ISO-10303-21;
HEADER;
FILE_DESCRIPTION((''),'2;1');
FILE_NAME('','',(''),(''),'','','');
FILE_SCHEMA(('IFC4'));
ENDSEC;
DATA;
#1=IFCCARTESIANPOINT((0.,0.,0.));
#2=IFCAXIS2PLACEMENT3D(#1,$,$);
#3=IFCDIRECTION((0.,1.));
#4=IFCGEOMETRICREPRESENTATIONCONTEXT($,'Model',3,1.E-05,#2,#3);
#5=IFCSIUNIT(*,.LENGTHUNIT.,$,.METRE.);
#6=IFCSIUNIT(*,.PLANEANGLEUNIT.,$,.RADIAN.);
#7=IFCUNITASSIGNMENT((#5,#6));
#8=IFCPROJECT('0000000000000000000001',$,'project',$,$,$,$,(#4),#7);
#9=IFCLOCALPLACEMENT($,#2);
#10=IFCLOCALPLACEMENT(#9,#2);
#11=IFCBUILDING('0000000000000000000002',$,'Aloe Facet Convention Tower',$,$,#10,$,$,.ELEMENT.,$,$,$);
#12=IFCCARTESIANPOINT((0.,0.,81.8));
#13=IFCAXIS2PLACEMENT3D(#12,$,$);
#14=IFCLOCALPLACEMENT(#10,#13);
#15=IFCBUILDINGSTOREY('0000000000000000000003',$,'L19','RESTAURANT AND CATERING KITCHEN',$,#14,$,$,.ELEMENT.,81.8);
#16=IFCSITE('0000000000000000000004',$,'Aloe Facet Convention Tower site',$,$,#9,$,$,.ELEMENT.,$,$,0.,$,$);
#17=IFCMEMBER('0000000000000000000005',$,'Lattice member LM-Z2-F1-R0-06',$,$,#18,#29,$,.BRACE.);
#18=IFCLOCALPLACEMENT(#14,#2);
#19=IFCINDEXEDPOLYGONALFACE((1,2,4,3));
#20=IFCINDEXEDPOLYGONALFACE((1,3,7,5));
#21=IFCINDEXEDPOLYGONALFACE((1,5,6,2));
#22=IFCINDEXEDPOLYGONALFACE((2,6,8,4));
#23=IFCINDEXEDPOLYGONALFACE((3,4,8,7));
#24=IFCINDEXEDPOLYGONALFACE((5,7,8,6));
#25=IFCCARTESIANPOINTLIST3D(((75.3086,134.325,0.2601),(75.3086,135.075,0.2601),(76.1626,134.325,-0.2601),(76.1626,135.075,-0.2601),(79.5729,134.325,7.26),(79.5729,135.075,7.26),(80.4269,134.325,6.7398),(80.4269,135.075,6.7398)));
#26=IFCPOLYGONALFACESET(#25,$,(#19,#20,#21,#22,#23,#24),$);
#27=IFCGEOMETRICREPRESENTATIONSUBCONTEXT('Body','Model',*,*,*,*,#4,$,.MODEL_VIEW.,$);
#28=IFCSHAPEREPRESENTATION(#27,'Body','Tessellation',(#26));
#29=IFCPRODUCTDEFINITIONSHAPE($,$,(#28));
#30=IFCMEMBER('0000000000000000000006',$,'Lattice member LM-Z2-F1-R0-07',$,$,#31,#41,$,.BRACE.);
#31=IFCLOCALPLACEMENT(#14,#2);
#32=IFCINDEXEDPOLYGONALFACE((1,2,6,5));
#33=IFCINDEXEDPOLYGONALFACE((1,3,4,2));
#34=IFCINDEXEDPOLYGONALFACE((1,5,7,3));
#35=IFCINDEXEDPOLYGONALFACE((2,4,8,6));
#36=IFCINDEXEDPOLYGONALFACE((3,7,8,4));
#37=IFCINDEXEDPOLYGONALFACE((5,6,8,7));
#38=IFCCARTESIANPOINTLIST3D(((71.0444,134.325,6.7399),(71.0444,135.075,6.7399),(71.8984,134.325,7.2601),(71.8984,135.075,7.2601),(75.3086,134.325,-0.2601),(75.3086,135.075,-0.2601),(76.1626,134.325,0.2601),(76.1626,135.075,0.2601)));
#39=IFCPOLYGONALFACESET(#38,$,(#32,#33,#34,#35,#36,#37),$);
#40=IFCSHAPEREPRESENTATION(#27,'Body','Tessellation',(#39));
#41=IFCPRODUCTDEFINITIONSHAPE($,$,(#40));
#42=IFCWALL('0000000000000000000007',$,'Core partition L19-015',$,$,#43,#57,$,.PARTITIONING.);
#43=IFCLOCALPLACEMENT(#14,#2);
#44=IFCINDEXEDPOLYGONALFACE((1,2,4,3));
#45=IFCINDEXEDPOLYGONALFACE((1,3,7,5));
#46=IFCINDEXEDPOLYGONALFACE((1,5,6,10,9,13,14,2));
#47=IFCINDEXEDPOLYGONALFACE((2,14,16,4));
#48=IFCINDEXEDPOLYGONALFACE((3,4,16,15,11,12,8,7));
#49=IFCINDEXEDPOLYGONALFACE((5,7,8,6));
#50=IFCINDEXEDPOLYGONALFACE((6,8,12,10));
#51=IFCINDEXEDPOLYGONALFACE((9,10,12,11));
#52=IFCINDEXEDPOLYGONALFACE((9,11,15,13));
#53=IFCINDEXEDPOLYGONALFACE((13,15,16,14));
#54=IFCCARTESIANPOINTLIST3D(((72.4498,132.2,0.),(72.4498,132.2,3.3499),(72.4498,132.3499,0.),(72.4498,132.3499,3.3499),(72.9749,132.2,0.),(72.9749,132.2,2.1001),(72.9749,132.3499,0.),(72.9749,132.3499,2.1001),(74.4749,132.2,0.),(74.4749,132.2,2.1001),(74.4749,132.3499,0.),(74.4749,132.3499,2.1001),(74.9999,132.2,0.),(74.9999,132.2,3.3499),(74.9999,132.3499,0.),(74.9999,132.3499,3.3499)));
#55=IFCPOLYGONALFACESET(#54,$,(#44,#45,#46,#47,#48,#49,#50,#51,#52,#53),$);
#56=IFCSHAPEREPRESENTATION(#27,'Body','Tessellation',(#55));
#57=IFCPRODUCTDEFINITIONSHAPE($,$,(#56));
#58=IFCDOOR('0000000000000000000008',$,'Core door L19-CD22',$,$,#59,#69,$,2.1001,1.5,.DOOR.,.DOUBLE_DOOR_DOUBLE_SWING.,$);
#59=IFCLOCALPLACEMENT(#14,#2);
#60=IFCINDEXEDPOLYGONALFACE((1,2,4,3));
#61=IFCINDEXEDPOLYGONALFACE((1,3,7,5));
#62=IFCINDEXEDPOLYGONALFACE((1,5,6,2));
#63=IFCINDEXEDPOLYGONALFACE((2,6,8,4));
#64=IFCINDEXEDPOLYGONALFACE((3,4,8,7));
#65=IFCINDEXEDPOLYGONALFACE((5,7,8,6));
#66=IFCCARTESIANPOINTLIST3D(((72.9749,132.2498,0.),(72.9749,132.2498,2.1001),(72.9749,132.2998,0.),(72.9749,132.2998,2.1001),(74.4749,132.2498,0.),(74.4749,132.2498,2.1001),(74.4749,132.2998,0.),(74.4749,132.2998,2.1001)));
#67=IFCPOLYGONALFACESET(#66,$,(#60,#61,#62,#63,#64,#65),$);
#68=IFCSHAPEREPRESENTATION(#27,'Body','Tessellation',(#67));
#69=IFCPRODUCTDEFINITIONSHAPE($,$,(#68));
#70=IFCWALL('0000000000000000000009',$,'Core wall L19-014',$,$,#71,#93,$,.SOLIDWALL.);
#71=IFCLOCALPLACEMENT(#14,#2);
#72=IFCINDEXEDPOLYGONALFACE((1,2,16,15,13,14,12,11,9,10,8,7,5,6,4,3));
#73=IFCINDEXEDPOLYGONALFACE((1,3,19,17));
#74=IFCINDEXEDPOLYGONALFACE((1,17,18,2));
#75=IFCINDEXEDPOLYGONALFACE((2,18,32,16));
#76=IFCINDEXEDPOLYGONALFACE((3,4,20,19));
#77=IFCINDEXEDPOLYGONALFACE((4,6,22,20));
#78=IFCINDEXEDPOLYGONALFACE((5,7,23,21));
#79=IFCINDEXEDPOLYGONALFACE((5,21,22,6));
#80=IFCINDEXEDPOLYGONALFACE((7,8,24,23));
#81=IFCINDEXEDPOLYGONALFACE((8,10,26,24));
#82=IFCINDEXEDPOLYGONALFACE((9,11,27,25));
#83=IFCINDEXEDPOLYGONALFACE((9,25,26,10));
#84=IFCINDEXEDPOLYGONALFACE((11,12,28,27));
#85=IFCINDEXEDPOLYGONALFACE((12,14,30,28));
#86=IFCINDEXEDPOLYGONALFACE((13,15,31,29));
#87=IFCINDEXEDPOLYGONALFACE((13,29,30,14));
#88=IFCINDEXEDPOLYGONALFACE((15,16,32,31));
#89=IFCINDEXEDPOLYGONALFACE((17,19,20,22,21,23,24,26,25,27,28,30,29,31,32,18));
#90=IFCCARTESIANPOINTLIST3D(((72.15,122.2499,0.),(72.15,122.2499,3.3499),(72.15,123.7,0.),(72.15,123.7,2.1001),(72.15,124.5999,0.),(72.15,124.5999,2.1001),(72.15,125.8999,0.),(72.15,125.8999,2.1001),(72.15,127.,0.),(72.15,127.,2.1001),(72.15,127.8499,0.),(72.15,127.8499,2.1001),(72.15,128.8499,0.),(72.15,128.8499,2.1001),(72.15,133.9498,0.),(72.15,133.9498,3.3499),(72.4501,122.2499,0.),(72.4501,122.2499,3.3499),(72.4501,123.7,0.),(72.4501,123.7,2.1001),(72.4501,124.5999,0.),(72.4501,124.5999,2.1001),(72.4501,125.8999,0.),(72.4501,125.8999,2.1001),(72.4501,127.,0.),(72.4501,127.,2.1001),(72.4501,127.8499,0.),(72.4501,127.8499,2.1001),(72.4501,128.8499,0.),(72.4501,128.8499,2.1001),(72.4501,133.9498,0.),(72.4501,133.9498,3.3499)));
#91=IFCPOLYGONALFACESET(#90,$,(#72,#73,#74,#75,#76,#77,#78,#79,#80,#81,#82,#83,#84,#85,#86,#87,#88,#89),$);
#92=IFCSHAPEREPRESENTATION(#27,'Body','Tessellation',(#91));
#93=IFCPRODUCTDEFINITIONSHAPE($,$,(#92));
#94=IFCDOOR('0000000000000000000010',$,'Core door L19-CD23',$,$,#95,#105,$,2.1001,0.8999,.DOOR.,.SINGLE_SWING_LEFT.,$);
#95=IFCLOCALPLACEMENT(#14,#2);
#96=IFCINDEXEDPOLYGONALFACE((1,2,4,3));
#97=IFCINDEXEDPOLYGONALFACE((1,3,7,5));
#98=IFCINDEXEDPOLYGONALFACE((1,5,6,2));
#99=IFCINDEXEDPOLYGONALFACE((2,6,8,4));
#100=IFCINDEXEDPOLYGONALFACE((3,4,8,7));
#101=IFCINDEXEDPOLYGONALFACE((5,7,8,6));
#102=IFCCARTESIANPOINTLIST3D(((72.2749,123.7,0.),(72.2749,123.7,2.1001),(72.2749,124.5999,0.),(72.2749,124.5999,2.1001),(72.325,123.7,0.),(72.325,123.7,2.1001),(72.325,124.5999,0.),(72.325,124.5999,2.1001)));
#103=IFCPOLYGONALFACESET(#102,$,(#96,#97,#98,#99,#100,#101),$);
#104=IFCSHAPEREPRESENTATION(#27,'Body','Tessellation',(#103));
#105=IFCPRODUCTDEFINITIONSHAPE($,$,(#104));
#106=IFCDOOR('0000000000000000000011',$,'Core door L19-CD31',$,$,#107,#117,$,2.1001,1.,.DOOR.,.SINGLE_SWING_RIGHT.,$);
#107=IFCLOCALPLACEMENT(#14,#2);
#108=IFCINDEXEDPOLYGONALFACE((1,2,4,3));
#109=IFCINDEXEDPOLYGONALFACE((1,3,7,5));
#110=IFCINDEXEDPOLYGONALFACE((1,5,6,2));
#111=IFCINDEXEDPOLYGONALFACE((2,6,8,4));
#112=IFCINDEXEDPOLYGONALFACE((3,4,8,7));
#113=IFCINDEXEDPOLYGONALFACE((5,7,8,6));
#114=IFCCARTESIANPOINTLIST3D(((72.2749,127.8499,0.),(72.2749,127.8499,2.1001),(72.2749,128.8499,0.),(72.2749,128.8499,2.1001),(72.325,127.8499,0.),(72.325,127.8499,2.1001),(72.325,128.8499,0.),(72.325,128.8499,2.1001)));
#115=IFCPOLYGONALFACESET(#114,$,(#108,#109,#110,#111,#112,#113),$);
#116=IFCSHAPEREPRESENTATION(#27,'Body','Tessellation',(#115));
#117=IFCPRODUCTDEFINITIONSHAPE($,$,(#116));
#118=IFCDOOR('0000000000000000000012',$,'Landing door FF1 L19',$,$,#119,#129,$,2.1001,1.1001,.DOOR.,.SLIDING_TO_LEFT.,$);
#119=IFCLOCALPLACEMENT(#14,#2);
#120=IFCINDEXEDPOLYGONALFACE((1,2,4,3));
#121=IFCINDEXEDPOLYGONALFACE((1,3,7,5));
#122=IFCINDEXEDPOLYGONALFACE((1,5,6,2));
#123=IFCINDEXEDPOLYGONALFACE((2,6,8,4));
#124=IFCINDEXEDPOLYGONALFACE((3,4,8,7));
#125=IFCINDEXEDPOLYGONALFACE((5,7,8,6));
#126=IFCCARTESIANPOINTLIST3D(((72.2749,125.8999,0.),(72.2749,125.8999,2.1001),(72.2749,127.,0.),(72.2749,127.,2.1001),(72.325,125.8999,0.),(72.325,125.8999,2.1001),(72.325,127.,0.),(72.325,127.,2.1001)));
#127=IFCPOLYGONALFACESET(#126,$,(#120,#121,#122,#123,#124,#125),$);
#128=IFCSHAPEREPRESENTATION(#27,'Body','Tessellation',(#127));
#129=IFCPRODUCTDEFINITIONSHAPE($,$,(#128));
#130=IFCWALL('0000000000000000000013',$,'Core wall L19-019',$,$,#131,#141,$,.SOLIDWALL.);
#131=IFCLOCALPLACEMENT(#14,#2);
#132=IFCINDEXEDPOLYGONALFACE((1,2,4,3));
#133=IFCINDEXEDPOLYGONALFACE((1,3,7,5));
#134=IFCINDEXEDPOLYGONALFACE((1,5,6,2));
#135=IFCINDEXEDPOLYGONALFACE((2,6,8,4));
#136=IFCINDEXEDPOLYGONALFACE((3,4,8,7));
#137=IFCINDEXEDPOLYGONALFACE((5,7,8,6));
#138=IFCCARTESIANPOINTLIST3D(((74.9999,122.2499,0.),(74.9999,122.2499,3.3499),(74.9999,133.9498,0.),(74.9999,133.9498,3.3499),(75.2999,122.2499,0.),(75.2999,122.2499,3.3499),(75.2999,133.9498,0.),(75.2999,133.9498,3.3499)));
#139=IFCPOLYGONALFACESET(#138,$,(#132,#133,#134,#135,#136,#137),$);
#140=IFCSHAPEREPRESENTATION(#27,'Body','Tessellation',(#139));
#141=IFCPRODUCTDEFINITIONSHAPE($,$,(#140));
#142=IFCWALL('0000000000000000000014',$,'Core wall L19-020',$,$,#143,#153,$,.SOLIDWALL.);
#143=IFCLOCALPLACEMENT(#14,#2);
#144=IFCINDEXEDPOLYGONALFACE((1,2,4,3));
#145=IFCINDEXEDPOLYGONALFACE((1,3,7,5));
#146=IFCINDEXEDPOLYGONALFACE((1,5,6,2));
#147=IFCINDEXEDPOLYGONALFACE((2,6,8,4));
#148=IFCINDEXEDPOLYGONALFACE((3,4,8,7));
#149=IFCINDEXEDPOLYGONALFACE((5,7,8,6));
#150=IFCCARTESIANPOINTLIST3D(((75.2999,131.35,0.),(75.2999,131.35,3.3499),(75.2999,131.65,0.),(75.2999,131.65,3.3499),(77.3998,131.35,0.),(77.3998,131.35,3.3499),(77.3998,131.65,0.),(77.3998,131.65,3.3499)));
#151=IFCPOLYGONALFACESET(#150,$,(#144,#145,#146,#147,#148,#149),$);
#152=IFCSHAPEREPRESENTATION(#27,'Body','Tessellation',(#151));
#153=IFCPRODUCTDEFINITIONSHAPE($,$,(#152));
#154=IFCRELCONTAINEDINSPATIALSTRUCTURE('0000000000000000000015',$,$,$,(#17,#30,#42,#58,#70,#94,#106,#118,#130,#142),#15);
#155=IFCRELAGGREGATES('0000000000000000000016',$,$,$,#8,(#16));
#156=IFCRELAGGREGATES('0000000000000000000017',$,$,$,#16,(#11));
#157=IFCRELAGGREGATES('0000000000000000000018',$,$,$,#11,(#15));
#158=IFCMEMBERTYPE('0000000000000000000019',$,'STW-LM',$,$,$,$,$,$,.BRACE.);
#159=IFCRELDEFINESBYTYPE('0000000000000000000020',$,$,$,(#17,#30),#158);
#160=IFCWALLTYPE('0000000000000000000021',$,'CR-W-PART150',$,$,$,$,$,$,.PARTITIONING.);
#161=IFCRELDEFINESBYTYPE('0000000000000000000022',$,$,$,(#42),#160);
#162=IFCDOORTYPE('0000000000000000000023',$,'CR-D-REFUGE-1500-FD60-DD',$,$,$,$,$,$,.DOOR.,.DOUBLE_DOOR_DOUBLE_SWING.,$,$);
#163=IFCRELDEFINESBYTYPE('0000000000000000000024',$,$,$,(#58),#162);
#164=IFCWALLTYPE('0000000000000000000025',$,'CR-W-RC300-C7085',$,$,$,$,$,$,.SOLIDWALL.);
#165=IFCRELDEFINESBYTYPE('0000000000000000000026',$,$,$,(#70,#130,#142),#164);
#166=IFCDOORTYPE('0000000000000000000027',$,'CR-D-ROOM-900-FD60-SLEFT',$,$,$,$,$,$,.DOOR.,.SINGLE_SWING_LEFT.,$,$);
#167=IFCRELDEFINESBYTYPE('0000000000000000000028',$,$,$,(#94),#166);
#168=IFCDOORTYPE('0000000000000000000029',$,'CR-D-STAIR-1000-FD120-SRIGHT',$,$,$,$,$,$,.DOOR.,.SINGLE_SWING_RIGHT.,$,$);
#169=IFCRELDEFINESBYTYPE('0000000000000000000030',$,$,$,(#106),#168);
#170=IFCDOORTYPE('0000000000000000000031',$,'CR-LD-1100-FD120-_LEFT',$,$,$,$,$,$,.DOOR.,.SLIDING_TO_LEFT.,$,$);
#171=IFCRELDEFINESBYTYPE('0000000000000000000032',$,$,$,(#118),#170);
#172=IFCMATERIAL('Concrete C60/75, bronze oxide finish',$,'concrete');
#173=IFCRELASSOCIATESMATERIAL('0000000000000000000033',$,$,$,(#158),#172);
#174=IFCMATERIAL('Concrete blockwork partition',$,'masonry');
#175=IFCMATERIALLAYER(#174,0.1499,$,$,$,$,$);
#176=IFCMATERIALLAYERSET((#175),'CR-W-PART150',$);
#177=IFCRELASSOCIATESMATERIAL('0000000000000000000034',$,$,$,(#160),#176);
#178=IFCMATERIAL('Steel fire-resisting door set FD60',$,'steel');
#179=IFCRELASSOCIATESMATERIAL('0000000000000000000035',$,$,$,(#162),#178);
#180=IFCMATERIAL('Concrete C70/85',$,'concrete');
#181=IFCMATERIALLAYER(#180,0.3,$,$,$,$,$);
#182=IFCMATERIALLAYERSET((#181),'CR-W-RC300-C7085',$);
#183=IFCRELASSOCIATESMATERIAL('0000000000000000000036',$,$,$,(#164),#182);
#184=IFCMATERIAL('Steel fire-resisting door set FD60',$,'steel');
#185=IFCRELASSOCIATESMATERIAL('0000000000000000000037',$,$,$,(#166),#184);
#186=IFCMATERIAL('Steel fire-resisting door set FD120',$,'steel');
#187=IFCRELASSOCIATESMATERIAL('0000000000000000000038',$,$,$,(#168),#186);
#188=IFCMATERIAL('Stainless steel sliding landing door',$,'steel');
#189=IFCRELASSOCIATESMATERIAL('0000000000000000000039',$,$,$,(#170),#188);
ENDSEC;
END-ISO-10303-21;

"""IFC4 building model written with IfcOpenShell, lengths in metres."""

from ifc_helpers import new_model, si_unit, direction, frame, frame_2d, origin, origin_2d, place, context, subcontext, project, spatial, rectangle, extrude, material, layer, layer_set, material_profile, profile_set, type_object, element, fill, save


model = new_model("IFC4")

# Units and contexts
model_context = context("Model", 3, precision=1e-05, world=origin(), true_north=direction((0.0, 1.0)))
body_context = subcontext(model_context, "Body", "Model", "MODEL_VIEW")
ifc_project = project(units=[si_unit("LENGTHUNIT", "METRE"), si_unit("PLANEANGLEUNIT", "RADIAN")], contexts=[model_context])

# Site, building, storey
site_placement = place(None, origin())
site = spatial("IfcSite", under=ifc_project, at=site_placement, Name="Aloe Facet Convention Tower site", CompositionType="ELEMENT", RefElevation=0.0)
building_placement = place(site_placement, origin())
building = spatial("IfcBuilding", under=site, at=building_placement, Name="Aloe Facet Convention Tower", CompositionType="ELEMENT")
storey_placement = place(building_placement, frame((0.0, 0.0, 81.8)))
storey = spatial("IfcBuildingStorey", under=building, at=storey_placement, Name="L19", Description="RESTAURANT AND CATERING KITCHEN", CompositionType="ELEMENT", Elevation=81.8)

# Members
ifc_material_1 = material(Name="Concrete C60/75, bronze oxide finish", Category="concrete")
ifc_material_profile = material_profile(ifc_material_1, rectangle(XDim=0.75, YDim=1.0, at=origin_2d()), Name="STW-LM")
ifc_profile_set = profile_set([ifc_material_profile], Name="Concrete C60/75, bronze oxide finish")
member_type = type_object("IfcMemberType", Name="STW-LM", PredefinedType="BRACE", material=ifc_profile_set)
for number, where, z_axis, x_axis, name in (
    (1, (75.7356, 134.7, 0.0), (0.520262, 0.0, 0.854007), (0.0, 1.0, 0.0), "Lattice member LM-Z2-F1-R0-06"),
    (2, (75.7356, 134.7, 0.0), (-0.52024, 0.0, 0.85402), (0.0, -1.0, 0.0), "Lattice member LM-Z2-F1-R0-07"),
):
    element("IfcMember", number, at=place(storey_placement, frame(where, z_axis=z_axis, x_axis=x_axis)), inside=storey, type_object=member_type, Name=name, PredefinedType="BRACE", context=body_context, shape_type="SweptSolid", body=[
        extrude(rectangle(XDim=0.75, YDim=1.0, at=origin_2d()), origin(), (0.0, 0.0, 1.0), 8.1965),
    ])

# Wall, opening, door
ifc_material_2 = material(Name="Concrete blockwork partition", Category="masonry")
ifc_layer_1 = layer(ifc_material_2, 0.1499)
ifc_layer_set_1 = layer_set([ifc_layer_1], Name="CR-W-PART150")
wall_type_1 = type_object("IfcWallType", Name="CR-W-PART150", PredefinedType="PARTITIONING", material=ifc_layer_set_1)
wall_1_placement = place(storey_placement, frame((72.45, 132.2749, 0.0), z_axis=(0.0, 0.0, 1.0), x_axis=(1.0, 0.0, 0.0)))
wall_1 = element("IfcWall", 3, at=wall_1_placement, inside=storey, type_object=wall_type_1, Name="Core partition L19-015", PredefinedType="PARTITIONING", context=body_context, shape_type="SweptSolid", body=[
    extrude(rectangle(XDim=2.55, YDim=0.1499, at=frame_2d((1.2749, 0.0))), origin(), (0.0, 0.0, 1.0), 3.3499),
])
opening_1_placement = place(wall_1_placement, frame((0.5249, 0.0, 0.0)))
opening_1 = element("IfcOpeningElement", 4, at=opening_1_placement, cuts=wall_1, PredefinedType="OPENING", context=body_context, shape_type="SweptSolid", body=[
    extrude(rectangle(XDim=1.5, YDim=2.1001, at=frame_2d((0.75, 1.05))), frame((0.0, 0.085, 0.0), z_axis=(0.0, -1.0, 0.0), x_axis=(1.0, 0.0, 0.0)), (0.0, 0.0, 1.0), 0.1699),
])
ifc_material_3 = material(Name="Steel fire-resisting door set FD60", Category="steel")
door_type_1 = type_object("IfcDoorType", Name="CR-D-REFUGE-1500-FD60-DD", OperationType="DOUBLE_DOOR_DOUBLE_SWING", PredefinedType="DOOR", material=ifc_material_3)
door_1_placement = place(opening_1_placement, origin())
door_1 = element("IfcDoor", 5, at=door_1_placement, inside=storey, type_object=door_type_1, Name="Core door L19-CD22", OperationType="DOUBLE_DOOR_DOUBLE_SWING", OverallHeight=2.1001, OverallWidth=1.5, PredefinedType="DOOR", context=body_context, shape_type="SweptSolid", body=[
    extrude(rectangle(XDim=1.5, YDim=2.1001, at=frame_2d((0.75, 1.05))), frame((0.0, 0.0249, 0.0), z_axis=(0.0, -1.0, 0.0), x_axis=(1.0, 0.0, 0.0)), (0.0, 0.0, 1.0), 0.05),
])
fill(opening_1, door_1)

# Wall, openings, doors
ifc_material_4 = material(Name="Concrete C70/85", Category="concrete")
ifc_layer_2 = layer(ifc_material_4, 0.3)
ifc_layer_set_2 = layer_set([ifc_layer_2], Name="CR-W-RC300-C7085")
wall_type_2 = type_object("IfcWallType", Name="CR-W-RC300-C7085", PredefinedType="SOLIDWALL", material=ifc_layer_set_2)
wall_2_placement = place(storey_placement, frame((72.3, 133.95, 0.0), z_axis=(0.0, 0.0, 1.0), x_axis=(0.0, -1.0, 0.0)))
wall_2 = element("IfcWall", 6, at=wall_2_placement, inside=storey, type_object=wall_type_2, Name="Core wall L19-014", PredefinedType="SOLIDWALL", context=body_context, shape_type="SweptSolid", body=[
    extrude(rectangle(XDim=11.7, YDim=0.3, at=frame_2d((5.8501, 0.0))), origin(), (0.0, 0.0, 1.0), 3.3499),
])
opening_2_placement = place(wall_2_placement, frame((6.95, 0.0, 0.0)))
opening_2 = element("IfcOpeningElement", 7, at=opening_2_placement, cuts=wall_2, PredefinedType="OPENING", context=body_context, shape_type="SweptSolid", body=[
    extrude(rectangle(XDim=1.1001, YDim=2.1001, at=frame_2d((0.55, 1.05))), frame((0.0, 0.1602, 0.0), z_axis=(0.0, -1.0, 0.0), x_axis=(1.0, 0.0, 0.0)), (0.0, 0.0, 1.0), 0.3201),
])
opening_3_placement = place(wall_2_placement, frame((9.3501, 0.0, 0.0)))
opening_3 = element("IfcOpeningElement", 8, at=opening_3_placement, cuts=wall_2, PredefinedType="OPENING", context=body_context, shape_type="SweptSolid", body=[
    extrude(rectangle(XDim=0.8999, YDim=2.1001, at=frame_2d((0.45, 1.05))), frame((0.0, 0.1602, 0.0), z_axis=(0.0, -1.0, 0.0), x_axis=(1.0, 0.0, 0.0)), (0.0, 0.0, 1.0), 0.3201),
])
opening_4_placement = place(wall_2_placement, frame((5.1001, 0.0, 0.0)))
opening_4 = element("IfcOpeningElement", 9, at=opening_4_placement, cuts=wall_2, PredefinedType="OPENING", context=body_context, shape_type="SweptSolid", body=[
    extrude(rectangle(XDim=1.0, YDim=2.1001, at=frame_2d((0.5, 1.05))), frame((0.0, 0.1602, 0.0), z_axis=(0.0, -1.0, 0.0), x_axis=(1.0, 0.0, 0.0)), (0.0, 0.0, 1.0), 0.3201),
])
ifc_material_5 = material(Name="Steel fire-resisting door set FD60", Category="steel")
door_type_2 = type_object("IfcDoorType", Name="CR-D-ROOM-900-FD60-SLEFT", OperationType="SINGLE_SWING_LEFT", PredefinedType="DOOR", material=ifc_material_5)
door_2_placement = place(opening_3_placement, origin())
door_2 = element("IfcDoor", 10, at=door_2_placement, inside=storey, type_object=door_type_2, Name="Core door L19-CD23", OperationType="SINGLE_SWING_LEFT", OverallHeight=2.1001, OverallWidth=0.8999, PredefinedType="DOOR", context=body_context, shape_type="SweptSolid", body=[
    extrude(rectangle(XDim=0.8999, YDim=2.1001, at=frame_2d((0.45, 1.05))), frame((0.0, 0.0249, 0.0), z_axis=(0.0, -1.0, 0.0), x_axis=(1.0, 0.0, 0.0)), (0.0, 0.0, 1.0), 0.05),
])
fill(opening_3, door_2)
ifc_material_6 = material(Name="Steel fire-resisting door set FD120", Category="steel")
door_type_3 = type_object("IfcDoorType", Name="CR-D-STAIR-1000-FD120-SRIGHT", OperationType="SINGLE_SWING_RIGHT", PredefinedType="DOOR", material=ifc_material_6)
door_3_placement = place(opening_4_placement, origin())
door_3 = element("IfcDoor", 11, at=door_3_placement, inside=storey, type_object=door_type_3, Name="Core door L19-CD31", OperationType="SINGLE_SWING_RIGHT", OverallHeight=2.1001, OverallWidth=1.0, PredefinedType="DOOR", context=body_context, shape_type="SweptSolid", body=[
    extrude(rectangle(XDim=1.0, YDim=2.1001, at=frame_2d((0.5, 1.05))), frame((0.0, 0.0249, 0.0), z_axis=(0.0, -1.0, 0.0), x_axis=(1.0, 0.0, 0.0)), (0.0, 0.0, 1.0), 0.05),
])
fill(opening_4, door_3)
ifc_material_7 = material(Name="Stainless steel sliding landing door", Category="steel")
door_type_4 = type_object("IfcDoorType", Name="CR-LD-1100-FD120-_LEFT", OperationType="SLIDING_TO_LEFT", PredefinedType="DOOR", material=ifc_material_7)
door_4_placement = place(opening_2_placement, origin())
door_4 = element("IfcDoor", 12, at=door_4_placement, inside=storey, type_object=door_type_4, Name="Landing door FF1 L19", OperationType="SLIDING_TO_LEFT", OverallHeight=2.1001, OverallWidth=1.1001, PredefinedType="DOOR", context=body_context, shape_type="SweptSolid", body=[
    extrude(rectangle(XDim=1.1001, YDim=2.1001, at=frame_2d((0.55, 1.05))), frame((0.0, 0.0249, 0.0), z_axis=(0.0, -1.0, 0.0), x_axis=(1.0, 0.0, 0.0)), (0.0, 0.0, 1.0), 0.05),
])
fill(opening_2, door_4)

# Walls
wall_3_placement = place(storey_placement, frame((75.1499, 133.95, 0.0), z_axis=(0.0, 0.0, 1.0), x_axis=(0.0, -1.0, 0.0)))
element("IfcWall", 13, at=wall_3_placement, inside=storey, type_object=wall_type_2, Name="Core wall L19-019", PredefinedType="SOLIDWALL", context=body_context, shape_type="SweptSolid", body=[
    extrude(rectangle(XDim=11.7, YDim=0.3, at=frame_2d((5.8501, 0.0))), origin(), (0.0, 0.0, 1.0), 3.3499),
])
wall_4_placement = place(storey_placement, frame((75.3, 131.5, 0.0), z_axis=(0.0, 0.0, 1.0), x_axis=(1.0, 0.0, 0.0)))
element("IfcWall", 14, at=wall_4_placement, inside=storey, type_object=wall_type_2, Name="Core wall L19-020", PredefinedType="SOLIDWALL", context=body_context, shape_type="SweptSolid", body=[
    extrude(rectangle(XDim=2.0999, YDim=0.3, at=frame_2d((1.0498, 0.0))), origin(), (0.0, 0.0, 1.0), 3.3499),
])

save(model, "model.ifc")
